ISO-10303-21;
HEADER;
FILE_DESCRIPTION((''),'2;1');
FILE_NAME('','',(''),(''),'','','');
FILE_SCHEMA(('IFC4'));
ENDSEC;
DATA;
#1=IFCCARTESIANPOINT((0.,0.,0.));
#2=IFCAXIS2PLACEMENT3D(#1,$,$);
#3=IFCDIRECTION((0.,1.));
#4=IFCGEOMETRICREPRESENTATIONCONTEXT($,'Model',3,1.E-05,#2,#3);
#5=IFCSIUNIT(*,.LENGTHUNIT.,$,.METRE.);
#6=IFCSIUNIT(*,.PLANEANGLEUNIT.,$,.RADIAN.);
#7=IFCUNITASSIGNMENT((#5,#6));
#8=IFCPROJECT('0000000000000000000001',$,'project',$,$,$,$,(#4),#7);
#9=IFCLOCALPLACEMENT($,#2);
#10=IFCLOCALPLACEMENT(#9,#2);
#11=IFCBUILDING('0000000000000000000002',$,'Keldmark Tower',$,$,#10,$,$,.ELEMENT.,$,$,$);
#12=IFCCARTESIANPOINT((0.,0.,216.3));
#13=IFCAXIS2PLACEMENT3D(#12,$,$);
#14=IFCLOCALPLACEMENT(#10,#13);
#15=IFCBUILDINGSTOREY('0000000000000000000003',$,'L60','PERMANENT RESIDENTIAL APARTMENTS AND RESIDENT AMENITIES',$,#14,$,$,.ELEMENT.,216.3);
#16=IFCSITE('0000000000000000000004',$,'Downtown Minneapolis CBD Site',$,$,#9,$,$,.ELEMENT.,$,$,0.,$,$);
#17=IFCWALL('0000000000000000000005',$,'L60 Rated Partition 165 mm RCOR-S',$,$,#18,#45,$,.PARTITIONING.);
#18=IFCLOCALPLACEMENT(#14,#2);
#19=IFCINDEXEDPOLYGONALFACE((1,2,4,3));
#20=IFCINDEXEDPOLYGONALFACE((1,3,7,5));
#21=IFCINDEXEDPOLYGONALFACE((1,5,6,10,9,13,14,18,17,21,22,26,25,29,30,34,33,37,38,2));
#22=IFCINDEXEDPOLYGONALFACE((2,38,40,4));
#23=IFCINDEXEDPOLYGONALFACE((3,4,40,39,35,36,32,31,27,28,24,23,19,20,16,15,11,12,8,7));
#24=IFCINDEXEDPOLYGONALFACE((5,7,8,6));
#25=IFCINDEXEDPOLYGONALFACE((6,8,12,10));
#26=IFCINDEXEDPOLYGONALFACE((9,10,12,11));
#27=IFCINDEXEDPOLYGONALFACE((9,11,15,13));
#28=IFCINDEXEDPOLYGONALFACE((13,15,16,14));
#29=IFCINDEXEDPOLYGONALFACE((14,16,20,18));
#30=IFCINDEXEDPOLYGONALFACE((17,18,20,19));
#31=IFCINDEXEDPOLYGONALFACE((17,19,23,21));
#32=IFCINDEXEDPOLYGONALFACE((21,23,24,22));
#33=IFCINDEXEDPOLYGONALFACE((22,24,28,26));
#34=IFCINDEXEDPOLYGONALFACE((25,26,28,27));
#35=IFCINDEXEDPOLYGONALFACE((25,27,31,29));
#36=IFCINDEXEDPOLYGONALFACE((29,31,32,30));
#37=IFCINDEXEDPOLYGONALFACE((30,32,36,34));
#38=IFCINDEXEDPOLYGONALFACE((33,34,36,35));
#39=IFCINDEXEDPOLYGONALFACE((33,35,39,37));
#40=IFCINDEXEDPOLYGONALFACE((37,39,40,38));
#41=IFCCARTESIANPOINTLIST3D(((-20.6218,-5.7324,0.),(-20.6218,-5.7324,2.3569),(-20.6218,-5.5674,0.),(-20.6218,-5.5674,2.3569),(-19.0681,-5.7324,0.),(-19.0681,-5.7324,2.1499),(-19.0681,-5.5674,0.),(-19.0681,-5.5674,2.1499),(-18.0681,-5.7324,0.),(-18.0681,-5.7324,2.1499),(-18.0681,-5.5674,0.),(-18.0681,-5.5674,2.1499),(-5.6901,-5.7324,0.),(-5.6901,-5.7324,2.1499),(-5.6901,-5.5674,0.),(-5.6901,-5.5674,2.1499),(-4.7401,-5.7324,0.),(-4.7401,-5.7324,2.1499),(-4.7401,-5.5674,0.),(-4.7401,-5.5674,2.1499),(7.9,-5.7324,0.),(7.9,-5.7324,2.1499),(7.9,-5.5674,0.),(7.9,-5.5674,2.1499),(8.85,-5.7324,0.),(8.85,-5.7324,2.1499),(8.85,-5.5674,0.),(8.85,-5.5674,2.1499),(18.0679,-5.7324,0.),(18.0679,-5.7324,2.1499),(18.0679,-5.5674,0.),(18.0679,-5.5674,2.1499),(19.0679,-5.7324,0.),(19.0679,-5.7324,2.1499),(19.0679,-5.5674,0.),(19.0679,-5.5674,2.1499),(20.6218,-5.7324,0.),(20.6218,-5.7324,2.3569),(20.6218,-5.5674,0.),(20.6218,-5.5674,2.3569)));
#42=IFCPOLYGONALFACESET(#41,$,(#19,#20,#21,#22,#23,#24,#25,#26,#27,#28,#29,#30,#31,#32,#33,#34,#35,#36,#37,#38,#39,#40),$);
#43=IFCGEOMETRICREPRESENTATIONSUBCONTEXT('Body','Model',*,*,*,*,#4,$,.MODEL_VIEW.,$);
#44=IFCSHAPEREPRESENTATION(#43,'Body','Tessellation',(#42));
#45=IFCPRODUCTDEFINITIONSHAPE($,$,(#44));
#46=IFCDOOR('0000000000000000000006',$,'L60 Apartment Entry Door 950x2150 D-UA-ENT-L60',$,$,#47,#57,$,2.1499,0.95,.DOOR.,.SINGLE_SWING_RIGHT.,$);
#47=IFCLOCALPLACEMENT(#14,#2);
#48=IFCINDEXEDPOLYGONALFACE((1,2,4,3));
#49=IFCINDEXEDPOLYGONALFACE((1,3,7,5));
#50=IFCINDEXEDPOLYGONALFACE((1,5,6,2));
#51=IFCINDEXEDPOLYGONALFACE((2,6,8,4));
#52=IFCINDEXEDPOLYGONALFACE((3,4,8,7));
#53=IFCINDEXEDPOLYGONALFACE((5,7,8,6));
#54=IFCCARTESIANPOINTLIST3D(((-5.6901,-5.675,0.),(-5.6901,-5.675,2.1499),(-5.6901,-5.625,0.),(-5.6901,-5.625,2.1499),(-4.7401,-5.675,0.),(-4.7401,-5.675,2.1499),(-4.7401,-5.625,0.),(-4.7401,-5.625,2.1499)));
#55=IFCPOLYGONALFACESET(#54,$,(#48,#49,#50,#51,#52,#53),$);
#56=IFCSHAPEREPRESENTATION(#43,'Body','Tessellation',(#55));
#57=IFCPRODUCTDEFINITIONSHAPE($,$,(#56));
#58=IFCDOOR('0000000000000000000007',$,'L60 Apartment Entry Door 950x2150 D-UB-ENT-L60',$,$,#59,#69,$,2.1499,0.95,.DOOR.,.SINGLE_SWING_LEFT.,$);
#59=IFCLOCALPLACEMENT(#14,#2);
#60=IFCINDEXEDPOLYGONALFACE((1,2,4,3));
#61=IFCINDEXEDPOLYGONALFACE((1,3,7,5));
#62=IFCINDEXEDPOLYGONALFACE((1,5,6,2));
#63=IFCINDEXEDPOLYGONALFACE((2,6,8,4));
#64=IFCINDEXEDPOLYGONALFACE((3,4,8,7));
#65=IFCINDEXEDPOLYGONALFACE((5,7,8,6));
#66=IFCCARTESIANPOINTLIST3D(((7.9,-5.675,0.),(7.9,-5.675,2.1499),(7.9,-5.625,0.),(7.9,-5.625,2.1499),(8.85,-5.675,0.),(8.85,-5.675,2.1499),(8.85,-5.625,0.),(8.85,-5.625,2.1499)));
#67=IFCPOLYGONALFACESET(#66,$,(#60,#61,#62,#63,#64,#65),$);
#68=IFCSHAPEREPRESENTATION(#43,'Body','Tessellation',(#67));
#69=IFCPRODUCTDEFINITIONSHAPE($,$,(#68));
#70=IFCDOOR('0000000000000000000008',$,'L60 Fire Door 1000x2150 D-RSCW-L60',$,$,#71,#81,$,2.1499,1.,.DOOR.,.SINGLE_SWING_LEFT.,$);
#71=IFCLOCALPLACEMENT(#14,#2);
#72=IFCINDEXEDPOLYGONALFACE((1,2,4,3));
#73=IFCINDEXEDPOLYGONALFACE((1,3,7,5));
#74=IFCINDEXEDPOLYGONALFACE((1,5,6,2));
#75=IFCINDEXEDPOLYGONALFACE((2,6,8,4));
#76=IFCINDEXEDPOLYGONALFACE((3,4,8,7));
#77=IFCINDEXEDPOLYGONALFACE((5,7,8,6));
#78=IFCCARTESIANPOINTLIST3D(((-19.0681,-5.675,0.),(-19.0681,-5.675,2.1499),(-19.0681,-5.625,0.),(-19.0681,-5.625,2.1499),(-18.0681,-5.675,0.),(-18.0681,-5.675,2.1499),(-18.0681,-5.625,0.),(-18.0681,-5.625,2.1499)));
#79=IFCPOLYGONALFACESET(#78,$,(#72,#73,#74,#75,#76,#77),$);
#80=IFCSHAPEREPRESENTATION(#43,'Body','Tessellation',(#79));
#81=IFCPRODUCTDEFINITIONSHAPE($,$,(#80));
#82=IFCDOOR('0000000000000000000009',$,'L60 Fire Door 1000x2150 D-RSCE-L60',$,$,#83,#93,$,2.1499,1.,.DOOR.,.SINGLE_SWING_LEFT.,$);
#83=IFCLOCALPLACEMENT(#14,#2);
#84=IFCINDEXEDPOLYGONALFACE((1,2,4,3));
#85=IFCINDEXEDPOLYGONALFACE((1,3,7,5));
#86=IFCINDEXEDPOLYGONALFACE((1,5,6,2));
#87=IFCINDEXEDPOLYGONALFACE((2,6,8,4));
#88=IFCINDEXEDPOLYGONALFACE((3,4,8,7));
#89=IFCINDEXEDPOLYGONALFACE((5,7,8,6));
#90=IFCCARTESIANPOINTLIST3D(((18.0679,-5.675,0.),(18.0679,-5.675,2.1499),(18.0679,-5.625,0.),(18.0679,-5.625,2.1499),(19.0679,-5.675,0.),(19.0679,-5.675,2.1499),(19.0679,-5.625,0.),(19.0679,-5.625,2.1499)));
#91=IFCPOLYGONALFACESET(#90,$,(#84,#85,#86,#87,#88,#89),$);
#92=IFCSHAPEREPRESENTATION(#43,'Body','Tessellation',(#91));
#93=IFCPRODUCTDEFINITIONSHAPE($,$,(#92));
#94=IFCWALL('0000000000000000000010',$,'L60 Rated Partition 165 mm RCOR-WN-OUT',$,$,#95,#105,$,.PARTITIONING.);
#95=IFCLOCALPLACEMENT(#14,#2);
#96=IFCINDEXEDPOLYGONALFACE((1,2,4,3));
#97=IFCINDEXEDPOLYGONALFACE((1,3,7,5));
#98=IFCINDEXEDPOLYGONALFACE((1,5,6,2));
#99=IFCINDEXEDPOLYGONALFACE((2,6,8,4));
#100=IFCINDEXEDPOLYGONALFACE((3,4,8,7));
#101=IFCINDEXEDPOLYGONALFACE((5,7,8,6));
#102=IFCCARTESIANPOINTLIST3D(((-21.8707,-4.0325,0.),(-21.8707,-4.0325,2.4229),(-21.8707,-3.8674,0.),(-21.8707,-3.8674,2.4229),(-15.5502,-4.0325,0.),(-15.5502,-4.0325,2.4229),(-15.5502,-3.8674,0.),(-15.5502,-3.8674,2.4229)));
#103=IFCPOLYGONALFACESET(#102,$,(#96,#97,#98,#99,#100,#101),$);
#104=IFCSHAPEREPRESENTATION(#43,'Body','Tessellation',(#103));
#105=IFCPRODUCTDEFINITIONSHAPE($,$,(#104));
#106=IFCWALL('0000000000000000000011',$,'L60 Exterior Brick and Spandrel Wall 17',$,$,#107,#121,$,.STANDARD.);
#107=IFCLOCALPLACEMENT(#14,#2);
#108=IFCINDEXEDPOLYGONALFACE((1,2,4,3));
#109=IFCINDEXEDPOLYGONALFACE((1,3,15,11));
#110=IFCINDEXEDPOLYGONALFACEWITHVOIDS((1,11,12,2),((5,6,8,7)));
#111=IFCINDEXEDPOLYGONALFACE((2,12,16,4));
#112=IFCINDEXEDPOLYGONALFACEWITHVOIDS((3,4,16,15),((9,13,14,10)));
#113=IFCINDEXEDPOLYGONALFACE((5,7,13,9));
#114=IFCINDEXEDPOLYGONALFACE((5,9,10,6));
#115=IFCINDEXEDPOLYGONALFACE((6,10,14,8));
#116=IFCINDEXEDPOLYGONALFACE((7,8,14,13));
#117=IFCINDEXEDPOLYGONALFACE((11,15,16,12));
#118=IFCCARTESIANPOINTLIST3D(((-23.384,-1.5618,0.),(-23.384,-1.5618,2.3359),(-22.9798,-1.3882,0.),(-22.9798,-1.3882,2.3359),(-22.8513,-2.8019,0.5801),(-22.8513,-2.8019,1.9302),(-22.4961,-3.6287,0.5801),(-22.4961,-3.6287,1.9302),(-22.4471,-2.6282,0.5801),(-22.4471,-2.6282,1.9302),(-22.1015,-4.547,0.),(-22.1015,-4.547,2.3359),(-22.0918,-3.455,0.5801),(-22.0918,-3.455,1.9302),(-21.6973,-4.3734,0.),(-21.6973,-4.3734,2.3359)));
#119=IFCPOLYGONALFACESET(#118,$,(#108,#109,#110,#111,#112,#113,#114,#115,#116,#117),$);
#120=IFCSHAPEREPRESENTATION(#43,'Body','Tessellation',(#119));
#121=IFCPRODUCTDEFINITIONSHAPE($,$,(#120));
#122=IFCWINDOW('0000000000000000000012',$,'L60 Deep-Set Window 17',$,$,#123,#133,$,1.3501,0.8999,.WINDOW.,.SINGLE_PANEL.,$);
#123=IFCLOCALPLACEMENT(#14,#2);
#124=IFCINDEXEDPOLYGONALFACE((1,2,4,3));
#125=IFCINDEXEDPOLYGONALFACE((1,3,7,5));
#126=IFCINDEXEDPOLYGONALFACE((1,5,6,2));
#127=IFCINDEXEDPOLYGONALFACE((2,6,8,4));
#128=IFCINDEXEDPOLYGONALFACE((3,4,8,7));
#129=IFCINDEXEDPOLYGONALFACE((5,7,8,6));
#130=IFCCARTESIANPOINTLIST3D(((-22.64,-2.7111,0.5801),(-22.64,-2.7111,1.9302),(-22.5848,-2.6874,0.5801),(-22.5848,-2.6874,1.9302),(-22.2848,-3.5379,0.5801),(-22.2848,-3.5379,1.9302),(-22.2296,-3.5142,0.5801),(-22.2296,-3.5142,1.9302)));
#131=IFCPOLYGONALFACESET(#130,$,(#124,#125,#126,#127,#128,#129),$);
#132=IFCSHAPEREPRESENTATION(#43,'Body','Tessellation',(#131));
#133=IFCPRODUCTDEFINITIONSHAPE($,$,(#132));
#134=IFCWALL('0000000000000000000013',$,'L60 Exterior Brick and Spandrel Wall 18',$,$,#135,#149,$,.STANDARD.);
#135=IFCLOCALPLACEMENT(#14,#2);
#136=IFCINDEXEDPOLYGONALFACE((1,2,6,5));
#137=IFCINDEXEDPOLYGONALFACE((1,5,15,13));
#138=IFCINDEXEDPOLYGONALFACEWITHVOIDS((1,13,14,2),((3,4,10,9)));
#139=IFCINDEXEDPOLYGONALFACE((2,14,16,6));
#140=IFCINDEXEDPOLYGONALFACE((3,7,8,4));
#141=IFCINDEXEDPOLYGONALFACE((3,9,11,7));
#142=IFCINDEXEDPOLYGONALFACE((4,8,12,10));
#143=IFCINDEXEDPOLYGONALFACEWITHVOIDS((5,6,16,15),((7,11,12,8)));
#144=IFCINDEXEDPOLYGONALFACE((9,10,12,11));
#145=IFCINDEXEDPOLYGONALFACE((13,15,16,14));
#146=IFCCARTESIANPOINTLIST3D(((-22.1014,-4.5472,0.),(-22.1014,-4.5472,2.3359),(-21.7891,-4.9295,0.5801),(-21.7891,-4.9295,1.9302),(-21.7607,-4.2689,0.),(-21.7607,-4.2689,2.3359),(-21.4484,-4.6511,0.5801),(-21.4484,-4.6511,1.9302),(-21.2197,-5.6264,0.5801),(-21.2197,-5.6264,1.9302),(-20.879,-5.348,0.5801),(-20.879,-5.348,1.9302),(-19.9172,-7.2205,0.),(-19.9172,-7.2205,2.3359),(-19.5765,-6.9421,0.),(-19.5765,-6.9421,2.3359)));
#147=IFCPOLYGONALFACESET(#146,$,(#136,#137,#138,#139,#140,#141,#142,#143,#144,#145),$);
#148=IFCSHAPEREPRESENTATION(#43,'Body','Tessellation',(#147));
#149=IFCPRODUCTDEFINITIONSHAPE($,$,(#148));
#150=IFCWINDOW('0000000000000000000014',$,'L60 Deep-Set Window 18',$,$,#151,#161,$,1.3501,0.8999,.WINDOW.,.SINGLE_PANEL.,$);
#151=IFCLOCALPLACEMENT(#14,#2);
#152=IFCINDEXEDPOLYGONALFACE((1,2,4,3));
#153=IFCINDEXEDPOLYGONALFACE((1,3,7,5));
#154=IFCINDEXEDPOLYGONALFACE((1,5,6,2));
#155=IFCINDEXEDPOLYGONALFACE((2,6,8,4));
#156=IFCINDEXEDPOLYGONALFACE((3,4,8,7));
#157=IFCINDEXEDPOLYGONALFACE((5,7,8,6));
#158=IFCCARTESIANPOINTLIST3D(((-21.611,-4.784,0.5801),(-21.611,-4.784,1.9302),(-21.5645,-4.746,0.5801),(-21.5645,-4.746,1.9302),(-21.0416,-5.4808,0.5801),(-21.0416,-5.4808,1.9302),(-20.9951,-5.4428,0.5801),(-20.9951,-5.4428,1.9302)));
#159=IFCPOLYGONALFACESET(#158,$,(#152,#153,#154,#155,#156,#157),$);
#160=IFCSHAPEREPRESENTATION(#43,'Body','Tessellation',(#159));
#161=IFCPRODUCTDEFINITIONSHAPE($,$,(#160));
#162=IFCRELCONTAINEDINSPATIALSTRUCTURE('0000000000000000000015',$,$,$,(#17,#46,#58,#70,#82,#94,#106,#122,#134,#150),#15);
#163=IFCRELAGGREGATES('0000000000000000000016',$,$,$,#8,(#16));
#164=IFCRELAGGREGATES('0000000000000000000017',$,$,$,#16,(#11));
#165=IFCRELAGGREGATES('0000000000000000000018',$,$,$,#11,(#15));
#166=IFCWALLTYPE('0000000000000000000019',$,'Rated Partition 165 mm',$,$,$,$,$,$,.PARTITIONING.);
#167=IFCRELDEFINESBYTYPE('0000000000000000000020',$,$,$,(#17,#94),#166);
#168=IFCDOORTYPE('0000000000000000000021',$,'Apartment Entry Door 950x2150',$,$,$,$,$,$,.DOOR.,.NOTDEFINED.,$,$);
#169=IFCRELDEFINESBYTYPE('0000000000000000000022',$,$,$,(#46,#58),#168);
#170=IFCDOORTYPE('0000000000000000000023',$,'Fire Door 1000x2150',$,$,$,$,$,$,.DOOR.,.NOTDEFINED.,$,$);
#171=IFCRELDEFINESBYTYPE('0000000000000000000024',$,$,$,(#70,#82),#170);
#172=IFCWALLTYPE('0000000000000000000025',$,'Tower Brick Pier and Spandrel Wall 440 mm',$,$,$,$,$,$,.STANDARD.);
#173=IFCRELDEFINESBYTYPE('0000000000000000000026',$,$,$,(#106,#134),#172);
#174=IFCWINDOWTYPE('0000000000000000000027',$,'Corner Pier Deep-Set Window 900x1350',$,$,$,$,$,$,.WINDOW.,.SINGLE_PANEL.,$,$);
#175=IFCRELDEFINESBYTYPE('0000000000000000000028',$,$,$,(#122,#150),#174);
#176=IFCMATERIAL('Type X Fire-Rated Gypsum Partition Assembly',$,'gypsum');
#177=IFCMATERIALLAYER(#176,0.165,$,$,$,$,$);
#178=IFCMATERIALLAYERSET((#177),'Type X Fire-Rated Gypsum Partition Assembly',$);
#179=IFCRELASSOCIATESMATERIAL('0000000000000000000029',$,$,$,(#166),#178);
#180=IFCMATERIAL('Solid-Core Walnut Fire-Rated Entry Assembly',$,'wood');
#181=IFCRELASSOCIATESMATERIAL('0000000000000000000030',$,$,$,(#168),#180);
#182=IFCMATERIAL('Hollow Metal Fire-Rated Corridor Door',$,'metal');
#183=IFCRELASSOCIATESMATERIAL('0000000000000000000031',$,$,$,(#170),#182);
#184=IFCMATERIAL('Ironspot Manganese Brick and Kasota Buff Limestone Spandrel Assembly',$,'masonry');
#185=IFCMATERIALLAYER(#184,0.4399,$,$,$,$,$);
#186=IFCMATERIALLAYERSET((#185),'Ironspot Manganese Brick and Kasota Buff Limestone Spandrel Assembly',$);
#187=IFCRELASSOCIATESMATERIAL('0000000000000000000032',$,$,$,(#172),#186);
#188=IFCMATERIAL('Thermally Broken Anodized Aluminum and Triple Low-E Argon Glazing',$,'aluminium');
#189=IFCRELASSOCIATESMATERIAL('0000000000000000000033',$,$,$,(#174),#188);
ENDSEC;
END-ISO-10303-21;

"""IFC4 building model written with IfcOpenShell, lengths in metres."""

from ifc_helpers import new_model, si_unit, direction, frame, frame_2d, origin, place, context, subcontext, project, spatial, rectangle, extrude, material, layer, layer_set, type_object, element, fill, save


model = new_model("IFC4")

# Units and contexts
model_context = context("Model", 3, precision=1e-05, world=origin(), true_north=direction((0.0, 1.0)))
body_context = subcontext(model_context, "Body", "Model", "MODEL_VIEW")
ifc_project = project(units=[si_unit("LENGTHUNIT", "METRE"), si_unit("PLANEANGLEUNIT", "RADIAN")], contexts=[model_context])

# Site, building, storey
site_placement = place(None, origin())
site = spatial("IfcSite", under=ifc_project, at=site_placement, Name="Downtown Minneapolis CBD Site", CompositionType="ELEMENT", RefElevation=0.0)
building_placement = place(site_placement, origin())
building = spatial("IfcBuilding", under=site, at=building_placement, Name="Keldmark Tower", CompositionType="ELEMENT")
storey_placement = place(building_placement, frame((0.0, 0.0, 216.3)))
storey = spatial("IfcBuildingStorey", under=building, at=storey_placement, Name="L60", Description="PERMANENT RESIDENTIAL APARTMENTS AND RESIDENT AMENITIES", CompositionType="ELEMENT", Elevation=216.3)

# Wall, openings, doors
ifc_material_1 = material(Name="Type X Fire-Rated Gypsum Partition Assembly", Category="gypsum")
ifc_layer_1 = layer(ifc_material_1, 0.165)
ifc_layer_set_1 = layer_set([ifc_layer_1], Name="Type X Fire-Rated Gypsum Partition Assembly")
wall_type_1 = type_object("IfcWallType", Name="Rated Partition 165 mm", PredefinedType="PARTITIONING", material=ifc_layer_set_1)
wall_1_placement = place(storey_placement, frame((-20.6218, -5.6499, 0.0), z_axis=(0.0, 0.0, 1.0), x_axis=(1.0, 0.0, 0.0)))
wall_1 = element("IfcWall", 1, at=wall_1_placement, inside=storey, type_object=wall_type_1, Name="L60 Rated Partition 165 mm RCOR-S", PredefinedType="PARTITIONING", context=body_context, shape_type="SweptSolid", body=[
    extrude(rectangle(XDim=41.2437, YDim=0.165, at=frame_2d((20.6218, 0.0))), origin(), (0.0, 0.0, 1.0), 2.3569),
])
opening_1_placement = place(wall_1_placement, frame((1.5537, 0.0, 0.0)))
opening_1 = element("IfcOpeningElement", 2, at=opening_1_placement, cuts=wall_1, PredefinedType="OPENING", context=body_context, shape_type="SweptSolid", body=[
    extrude(rectangle(XDim=1.0, YDim=2.1499, at=frame_2d((0.5, 1.075))), frame((0.0, 0.0925, 0.0), z_axis=(0.0, -1.0, 0.0), x_axis=(1.0, 0.0, 0.0)), (0.0, 0.0, 1.0), 0.1851),
])
opening_2_placement = place(wall_1_placement, frame((38.6897, 0.0, 0.0)))
opening_2 = element("IfcOpeningElement", 3, at=opening_2_placement, cuts=wall_1, PredefinedType="OPENING", context=body_context, shape_type="SweptSolid", body=[
    extrude(rectangle(XDim=1.0, YDim=2.1499, at=frame_2d((0.5, 1.075))), frame((0.0, 0.0925, 0.0), z_axis=(0.0, -1.0, 0.0), x_axis=(1.0, 0.0, 0.0)), (0.0, 0.0, 1.0), 0.1851),
])
opening_3_placement = place(wall_1_placement, frame((14.9316, 0.0, 0.0)))
opening_3 = element("IfcOpeningElement", 4, at=opening_3_placement, cuts=wall_1, PredefinedType="OPENING", context=body_context, shape_type="SweptSolid", body=[
    extrude(rectangle(XDim=0.95, YDim=2.1499, at=frame_2d((0.4751, 1.075))), frame((0.0, 0.0925, 0.0), z_axis=(0.0, -1.0, 0.0), x_axis=(1.0, 0.0, 0.0)), (0.0, 0.0, 1.0), 0.1851),
])
opening_4_placement = place(wall_1_placement, frame((28.5217, 0.0, 0.0)))
opening_4 = element("IfcOpeningElement", 5, at=opening_4_placement, cuts=wall_1, PredefinedType="OPENING", context=body_context, shape_type="SweptSolid", body=[
    extrude(rectangle(XDim=0.95, YDim=2.1499, at=frame_2d((0.4751, 1.075))), frame((0.0, 0.0925, 0.0), z_axis=(0.0, -1.0, 0.0), x_axis=(1.0, 0.0, 0.0)), (0.0, 0.0, 1.0), 0.1851),
])
ifc_material_2 = material(Name="Solid-Core Walnut Fire-Rated Entry Assembly", Category="wood")
door_type_1 = type_object("IfcDoorType", Name="Apartment Entry Door 950x2150", OperationType="NOTDEFINED", PredefinedType="DOOR", material=ifc_material_2)
door_1_placement = place(opening_3_placement, origin())
door_1 = element("IfcDoor", 6, at=door_1_placement, inside=storey, type_object=door_type_1, Name="L60 Apartment Entry Door 950x2150 D-UA-ENT-L60", OperationType="SINGLE_SWING_RIGHT", OverallHeight=2.1499, OverallWidth=0.95, PredefinedType="DOOR", context=body_context, shape_type="SweptSolid", body=[
    extrude(rectangle(XDim=0.95, YDim=2.1499, at=frame_2d((0.4751, 1.075))), frame((0.0, 0.0249, 0.0), z_axis=(0.0, -1.0, 0.0), x_axis=(1.0, 0.0, 0.0)), (0.0, 0.0, 1.0), 0.05),
])
fill(opening_3, door_1)
door_2_placement = place(opening_4_placement, origin())
door_2 = element("IfcDoor", 7, at=door_2_placement, inside=storey, type_object=door_type_1, Name="L60 Apartment Entry Door 950x2150 D-UB-ENT-L60", OperationType="SINGLE_SWING_LEFT", OverallHeight=2.1499, OverallWidth=0.95, PredefinedType="DOOR", context=body_context, shape_type="SweptSolid", body=[
    extrude(rectangle(XDim=0.95, YDim=2.1499, at=frame_2d((0.4751, 1.075))), frame((0.0, 0.0249, 0.0), z_axis=(0.0, -1.0, 0.0), x_axis=(1.0, 0.0, 0.0)), (0.0, 0.0, 1.0), 0.05),
])
fill(opening_4, door_2)
ifc_material_3 = material(Name="Hollow Metal Fire-Rated Corridor Door", Category="metal")
door_type_2 = type_object("IfcDoorType", Name="Fire Door 1000x2150", OperationType="NOTDEFINED", PredefinedType="DOOR", material=ifc_material_3)
door_3_placement = place(opening_1_placement, origin())
door_3 = element("IfcDoor", 8, at=door_3_placement, inside=storey, type_object=door_type_2, Name="L60 Fire Door 1000x2150 D-RSCW-L60", OperationType="SINGLE_SWING_LEFT", OverallHeight=2.1499, OverallWidth=1.0, PredefinedType="DOOR", context=body_context, shape_type="SweptSolid", body=[
    extrude(rectangle(XDim=1.0, YDim=2.1499, at=frame_2d((0.5, 1.075))), frame((0.0, 0.0249, 0.0), z_axis=(0.0, -1.0, 0.0), x_axis=(1.0, 0.0, 0.0)), (0.0, 0.0, 1.0), 0.05),
])
fill(opening_1, door_3)
door_4_placement = place(opening_2_placement, origin())
door_4 = element("IfcDoor", 9, at=door_4_placement, inside=storey, type_object=door_type_2, Name="L60 Fire Door 1000x2150 D-RSCE-L60", OperationType="SINGLE_SWING_LEFT", OverallHeight=2.1499, OverallWidth=1.0, PredefinedType="DOOR", context=body_context, shape_type="SweptSolid", body=[
    extrude(rectangle(XDim=1.0, YDim=2.1499, at=frame_2d((0.5, 1.075))), frame((0.0, 0.0249, 0.0), z_axis=(0.0, -1.0, 0.0), x_axis=(1.0, 0.0, 0.0)), (0.0, 0.0, 1.0), 0.05),
])
fill(opening_2, door_4)

# Wall
wall_2_placement = place(storey_placement, frame((-21.8706, -3.95, 0.0), z_axis=(0.0, 0.0, 1.0), x_axis=(1.0, 0.0, 0.0)))
element("IfcWall", 10, at=wall_2_placement, inside=storey, type_object=wall_type_1, Name="L60 Rated Partition 165 mm RCOR-WN-OUT", PredefinedType="PARTITIONING", context=body_context, shape_type="SweptSolid", body=[
    extrude(rectangle(XDim=6.3206, YDim=0.165, at=frame_2d((3.1602, 0.0))), origin(), (0.0, 0.0, 1.0), 2.4229),
])

# Walls, openings, windows
ifc_material_4 = material(Name="Ironspot Manganese Brick and Kasota Buff Limestone Spandrel Assembly", Category="masonry")
ifc_layer_2 = layer(ifc_material_4, 0.4399)
ifc_layer_set_2 = layer_set([ifc_layer_2], Name="Ironspot Manganese Brick and Kasota Buff Limestone Spandrel Assembly")
wall_type_2 = type_object("IfcWallType", Name="Tower Brick Pier and Spandrel Wall 440 mm", PredefinedType="STANDARD", material=ifc_layer_set_2)
wall_3_placement = place(storey_placement, frame((-21.8994, -4.4602, 0.0), z_axis=(0.0, 0.0, 1.0), x_axis=(-0.394735, 0.918795, 0.0)))
wall_3 = element("IfcWall", 11, at=wall_3_placement, inside=storey, type_object=wall_type_2, Name="L60 Exterior Brick and Spandrel Wall 17", PredefinedType="STANDARD", context=body_context, shape_type="SweptSolid", body=[
    extrude(rectangle(XDim=3.249, YDim=0.4399, at=frame_2d((1.6245, 0.0))), origin(), (0.0, 0.0, 1.0), 2.3359),
])
opening_5_placement = place(wall_3_placement, frame((0.9995, 0.0, 0.5801)))
opening_5 = element("IfcOpeningElement", 12, at=opening_5_placement, cuts=wall_3, PredefinedType="OPENING", context=body_context, shape_type="SweptSolid", body=[
    extrude(rectangle(XDim=0.8999, YDim=1.3501, at=frame_2d((0.45, 0.675))), frame((0.0, 0.23, 0.0), z_axis=(0.0, -1.0, 0.0), x_axis=(1.0, 0.0, 0.0)), (0.0, 0.0, 1.0), 0.46),
])
ifc_material_5 = material(Name="Thermally Broken Anodized Aluminum and Triple Low-E Argon Glazing", Category="aluminium")
window_type = type_object("IfcWindowType", Name="Corner Pier Deep-Set Window 900x1350", PartitioningType="SINGLE_PANEL", PredefinedType="WINDOW", material=ifc_material_5)
window_1_placement = place(opening_5_placement, origin())
window_1 = element("IfcWindow", 13, at=window_1_placement, inside=storey, type_object=window_type, Name="L60 Deep-Set Window 17", OverallHeight=1.3501, OverallWidth=0.8999, PartitioningType="SINGLE_PANEL", PredefinedType="WINDOW", context=body_context, shape_type="SweptSolid", body=[
    extrude(rectangle(XDim=0.8999, YDim=1.3501, at=frame_2d((0.45, 0.675))), frame((0.0, -0.01, 0.0), z_axis=(0.0, -1.0, 0.0), x_axis=(1.0, 0.0, 0.0)), (0.0, 0.0, 1.0), 0.0601),
])
fill(opening_5, window_1)
wall_4_placement = place(storey_placement, frame((-19.7468, -7.0813, 0.0), z_axis=(0.0, 0.0, 1.0), x_axis=(-0.632725, 0.774376, 0.0)))
wall_4 = element("IfcWall", 14, at=wall_4_placement, inside=storey, type_object=wall_type_2, Name="L60 Exterior Brick and Spandrel Wall 18", PredefinedType="STANDARD", context=body_context, shape_type="SweptSolid", body=[
    extrude(rectangle(XDim=3.4521, YDim=0.4399, at=frame_2d((1.7261, 0.0))), origin(), (0.0, 0.0, 1.0), 2.3359),
])
opening_6_placement = place(wall_4_placement, frame((2.0586, 0.0, 0.5801)))
opening_6 = element("IfcOpeningElement", 15, at=opening_6_placement, cuts=wall_4, PredefinedType="OPENING", context=body_context, shape_type="SweptSolid", body=[
    extrude(rectangle(XDim=0.8999, YDim=1.3501, at=frame_2d((0.45, 0.675))), frame((0.0, 0.23, 0.0), z_axis=(0.0, -1.0, 0.0), x_axis=(1.0, 0.0, 0.0)), (0.0, 0.0, 1.0), 0.46),
])
window_2_placement = place(opening_6_placement, origin())
window_2 = element("IfcWindow", 16, at=window_2_placement, inside=storey, type_object=window_type, Name="L60 Deep-Set Window 18", OverallHeight=1.3501, OverallWidth=0.8999, PartitioningType="SINGLE_PANEL", PredefinedType="WINDOW", context=body_context, shape_type="SweptSolid", body=[
    extrude(rectangle(XDim=0.8999, YDim=1.3501, at=frame_2d((0.45, 0.675))), frame((0.0, -0.01, 0.0), z_axis=(0.0, -1.0, 0.0), x_axis=(1.0, 0.0, 0.0)), (0.0, 0.0, 1.0), 0.0601),
])
fill(opening_6, window_2)

save(model, "model.ifc")
